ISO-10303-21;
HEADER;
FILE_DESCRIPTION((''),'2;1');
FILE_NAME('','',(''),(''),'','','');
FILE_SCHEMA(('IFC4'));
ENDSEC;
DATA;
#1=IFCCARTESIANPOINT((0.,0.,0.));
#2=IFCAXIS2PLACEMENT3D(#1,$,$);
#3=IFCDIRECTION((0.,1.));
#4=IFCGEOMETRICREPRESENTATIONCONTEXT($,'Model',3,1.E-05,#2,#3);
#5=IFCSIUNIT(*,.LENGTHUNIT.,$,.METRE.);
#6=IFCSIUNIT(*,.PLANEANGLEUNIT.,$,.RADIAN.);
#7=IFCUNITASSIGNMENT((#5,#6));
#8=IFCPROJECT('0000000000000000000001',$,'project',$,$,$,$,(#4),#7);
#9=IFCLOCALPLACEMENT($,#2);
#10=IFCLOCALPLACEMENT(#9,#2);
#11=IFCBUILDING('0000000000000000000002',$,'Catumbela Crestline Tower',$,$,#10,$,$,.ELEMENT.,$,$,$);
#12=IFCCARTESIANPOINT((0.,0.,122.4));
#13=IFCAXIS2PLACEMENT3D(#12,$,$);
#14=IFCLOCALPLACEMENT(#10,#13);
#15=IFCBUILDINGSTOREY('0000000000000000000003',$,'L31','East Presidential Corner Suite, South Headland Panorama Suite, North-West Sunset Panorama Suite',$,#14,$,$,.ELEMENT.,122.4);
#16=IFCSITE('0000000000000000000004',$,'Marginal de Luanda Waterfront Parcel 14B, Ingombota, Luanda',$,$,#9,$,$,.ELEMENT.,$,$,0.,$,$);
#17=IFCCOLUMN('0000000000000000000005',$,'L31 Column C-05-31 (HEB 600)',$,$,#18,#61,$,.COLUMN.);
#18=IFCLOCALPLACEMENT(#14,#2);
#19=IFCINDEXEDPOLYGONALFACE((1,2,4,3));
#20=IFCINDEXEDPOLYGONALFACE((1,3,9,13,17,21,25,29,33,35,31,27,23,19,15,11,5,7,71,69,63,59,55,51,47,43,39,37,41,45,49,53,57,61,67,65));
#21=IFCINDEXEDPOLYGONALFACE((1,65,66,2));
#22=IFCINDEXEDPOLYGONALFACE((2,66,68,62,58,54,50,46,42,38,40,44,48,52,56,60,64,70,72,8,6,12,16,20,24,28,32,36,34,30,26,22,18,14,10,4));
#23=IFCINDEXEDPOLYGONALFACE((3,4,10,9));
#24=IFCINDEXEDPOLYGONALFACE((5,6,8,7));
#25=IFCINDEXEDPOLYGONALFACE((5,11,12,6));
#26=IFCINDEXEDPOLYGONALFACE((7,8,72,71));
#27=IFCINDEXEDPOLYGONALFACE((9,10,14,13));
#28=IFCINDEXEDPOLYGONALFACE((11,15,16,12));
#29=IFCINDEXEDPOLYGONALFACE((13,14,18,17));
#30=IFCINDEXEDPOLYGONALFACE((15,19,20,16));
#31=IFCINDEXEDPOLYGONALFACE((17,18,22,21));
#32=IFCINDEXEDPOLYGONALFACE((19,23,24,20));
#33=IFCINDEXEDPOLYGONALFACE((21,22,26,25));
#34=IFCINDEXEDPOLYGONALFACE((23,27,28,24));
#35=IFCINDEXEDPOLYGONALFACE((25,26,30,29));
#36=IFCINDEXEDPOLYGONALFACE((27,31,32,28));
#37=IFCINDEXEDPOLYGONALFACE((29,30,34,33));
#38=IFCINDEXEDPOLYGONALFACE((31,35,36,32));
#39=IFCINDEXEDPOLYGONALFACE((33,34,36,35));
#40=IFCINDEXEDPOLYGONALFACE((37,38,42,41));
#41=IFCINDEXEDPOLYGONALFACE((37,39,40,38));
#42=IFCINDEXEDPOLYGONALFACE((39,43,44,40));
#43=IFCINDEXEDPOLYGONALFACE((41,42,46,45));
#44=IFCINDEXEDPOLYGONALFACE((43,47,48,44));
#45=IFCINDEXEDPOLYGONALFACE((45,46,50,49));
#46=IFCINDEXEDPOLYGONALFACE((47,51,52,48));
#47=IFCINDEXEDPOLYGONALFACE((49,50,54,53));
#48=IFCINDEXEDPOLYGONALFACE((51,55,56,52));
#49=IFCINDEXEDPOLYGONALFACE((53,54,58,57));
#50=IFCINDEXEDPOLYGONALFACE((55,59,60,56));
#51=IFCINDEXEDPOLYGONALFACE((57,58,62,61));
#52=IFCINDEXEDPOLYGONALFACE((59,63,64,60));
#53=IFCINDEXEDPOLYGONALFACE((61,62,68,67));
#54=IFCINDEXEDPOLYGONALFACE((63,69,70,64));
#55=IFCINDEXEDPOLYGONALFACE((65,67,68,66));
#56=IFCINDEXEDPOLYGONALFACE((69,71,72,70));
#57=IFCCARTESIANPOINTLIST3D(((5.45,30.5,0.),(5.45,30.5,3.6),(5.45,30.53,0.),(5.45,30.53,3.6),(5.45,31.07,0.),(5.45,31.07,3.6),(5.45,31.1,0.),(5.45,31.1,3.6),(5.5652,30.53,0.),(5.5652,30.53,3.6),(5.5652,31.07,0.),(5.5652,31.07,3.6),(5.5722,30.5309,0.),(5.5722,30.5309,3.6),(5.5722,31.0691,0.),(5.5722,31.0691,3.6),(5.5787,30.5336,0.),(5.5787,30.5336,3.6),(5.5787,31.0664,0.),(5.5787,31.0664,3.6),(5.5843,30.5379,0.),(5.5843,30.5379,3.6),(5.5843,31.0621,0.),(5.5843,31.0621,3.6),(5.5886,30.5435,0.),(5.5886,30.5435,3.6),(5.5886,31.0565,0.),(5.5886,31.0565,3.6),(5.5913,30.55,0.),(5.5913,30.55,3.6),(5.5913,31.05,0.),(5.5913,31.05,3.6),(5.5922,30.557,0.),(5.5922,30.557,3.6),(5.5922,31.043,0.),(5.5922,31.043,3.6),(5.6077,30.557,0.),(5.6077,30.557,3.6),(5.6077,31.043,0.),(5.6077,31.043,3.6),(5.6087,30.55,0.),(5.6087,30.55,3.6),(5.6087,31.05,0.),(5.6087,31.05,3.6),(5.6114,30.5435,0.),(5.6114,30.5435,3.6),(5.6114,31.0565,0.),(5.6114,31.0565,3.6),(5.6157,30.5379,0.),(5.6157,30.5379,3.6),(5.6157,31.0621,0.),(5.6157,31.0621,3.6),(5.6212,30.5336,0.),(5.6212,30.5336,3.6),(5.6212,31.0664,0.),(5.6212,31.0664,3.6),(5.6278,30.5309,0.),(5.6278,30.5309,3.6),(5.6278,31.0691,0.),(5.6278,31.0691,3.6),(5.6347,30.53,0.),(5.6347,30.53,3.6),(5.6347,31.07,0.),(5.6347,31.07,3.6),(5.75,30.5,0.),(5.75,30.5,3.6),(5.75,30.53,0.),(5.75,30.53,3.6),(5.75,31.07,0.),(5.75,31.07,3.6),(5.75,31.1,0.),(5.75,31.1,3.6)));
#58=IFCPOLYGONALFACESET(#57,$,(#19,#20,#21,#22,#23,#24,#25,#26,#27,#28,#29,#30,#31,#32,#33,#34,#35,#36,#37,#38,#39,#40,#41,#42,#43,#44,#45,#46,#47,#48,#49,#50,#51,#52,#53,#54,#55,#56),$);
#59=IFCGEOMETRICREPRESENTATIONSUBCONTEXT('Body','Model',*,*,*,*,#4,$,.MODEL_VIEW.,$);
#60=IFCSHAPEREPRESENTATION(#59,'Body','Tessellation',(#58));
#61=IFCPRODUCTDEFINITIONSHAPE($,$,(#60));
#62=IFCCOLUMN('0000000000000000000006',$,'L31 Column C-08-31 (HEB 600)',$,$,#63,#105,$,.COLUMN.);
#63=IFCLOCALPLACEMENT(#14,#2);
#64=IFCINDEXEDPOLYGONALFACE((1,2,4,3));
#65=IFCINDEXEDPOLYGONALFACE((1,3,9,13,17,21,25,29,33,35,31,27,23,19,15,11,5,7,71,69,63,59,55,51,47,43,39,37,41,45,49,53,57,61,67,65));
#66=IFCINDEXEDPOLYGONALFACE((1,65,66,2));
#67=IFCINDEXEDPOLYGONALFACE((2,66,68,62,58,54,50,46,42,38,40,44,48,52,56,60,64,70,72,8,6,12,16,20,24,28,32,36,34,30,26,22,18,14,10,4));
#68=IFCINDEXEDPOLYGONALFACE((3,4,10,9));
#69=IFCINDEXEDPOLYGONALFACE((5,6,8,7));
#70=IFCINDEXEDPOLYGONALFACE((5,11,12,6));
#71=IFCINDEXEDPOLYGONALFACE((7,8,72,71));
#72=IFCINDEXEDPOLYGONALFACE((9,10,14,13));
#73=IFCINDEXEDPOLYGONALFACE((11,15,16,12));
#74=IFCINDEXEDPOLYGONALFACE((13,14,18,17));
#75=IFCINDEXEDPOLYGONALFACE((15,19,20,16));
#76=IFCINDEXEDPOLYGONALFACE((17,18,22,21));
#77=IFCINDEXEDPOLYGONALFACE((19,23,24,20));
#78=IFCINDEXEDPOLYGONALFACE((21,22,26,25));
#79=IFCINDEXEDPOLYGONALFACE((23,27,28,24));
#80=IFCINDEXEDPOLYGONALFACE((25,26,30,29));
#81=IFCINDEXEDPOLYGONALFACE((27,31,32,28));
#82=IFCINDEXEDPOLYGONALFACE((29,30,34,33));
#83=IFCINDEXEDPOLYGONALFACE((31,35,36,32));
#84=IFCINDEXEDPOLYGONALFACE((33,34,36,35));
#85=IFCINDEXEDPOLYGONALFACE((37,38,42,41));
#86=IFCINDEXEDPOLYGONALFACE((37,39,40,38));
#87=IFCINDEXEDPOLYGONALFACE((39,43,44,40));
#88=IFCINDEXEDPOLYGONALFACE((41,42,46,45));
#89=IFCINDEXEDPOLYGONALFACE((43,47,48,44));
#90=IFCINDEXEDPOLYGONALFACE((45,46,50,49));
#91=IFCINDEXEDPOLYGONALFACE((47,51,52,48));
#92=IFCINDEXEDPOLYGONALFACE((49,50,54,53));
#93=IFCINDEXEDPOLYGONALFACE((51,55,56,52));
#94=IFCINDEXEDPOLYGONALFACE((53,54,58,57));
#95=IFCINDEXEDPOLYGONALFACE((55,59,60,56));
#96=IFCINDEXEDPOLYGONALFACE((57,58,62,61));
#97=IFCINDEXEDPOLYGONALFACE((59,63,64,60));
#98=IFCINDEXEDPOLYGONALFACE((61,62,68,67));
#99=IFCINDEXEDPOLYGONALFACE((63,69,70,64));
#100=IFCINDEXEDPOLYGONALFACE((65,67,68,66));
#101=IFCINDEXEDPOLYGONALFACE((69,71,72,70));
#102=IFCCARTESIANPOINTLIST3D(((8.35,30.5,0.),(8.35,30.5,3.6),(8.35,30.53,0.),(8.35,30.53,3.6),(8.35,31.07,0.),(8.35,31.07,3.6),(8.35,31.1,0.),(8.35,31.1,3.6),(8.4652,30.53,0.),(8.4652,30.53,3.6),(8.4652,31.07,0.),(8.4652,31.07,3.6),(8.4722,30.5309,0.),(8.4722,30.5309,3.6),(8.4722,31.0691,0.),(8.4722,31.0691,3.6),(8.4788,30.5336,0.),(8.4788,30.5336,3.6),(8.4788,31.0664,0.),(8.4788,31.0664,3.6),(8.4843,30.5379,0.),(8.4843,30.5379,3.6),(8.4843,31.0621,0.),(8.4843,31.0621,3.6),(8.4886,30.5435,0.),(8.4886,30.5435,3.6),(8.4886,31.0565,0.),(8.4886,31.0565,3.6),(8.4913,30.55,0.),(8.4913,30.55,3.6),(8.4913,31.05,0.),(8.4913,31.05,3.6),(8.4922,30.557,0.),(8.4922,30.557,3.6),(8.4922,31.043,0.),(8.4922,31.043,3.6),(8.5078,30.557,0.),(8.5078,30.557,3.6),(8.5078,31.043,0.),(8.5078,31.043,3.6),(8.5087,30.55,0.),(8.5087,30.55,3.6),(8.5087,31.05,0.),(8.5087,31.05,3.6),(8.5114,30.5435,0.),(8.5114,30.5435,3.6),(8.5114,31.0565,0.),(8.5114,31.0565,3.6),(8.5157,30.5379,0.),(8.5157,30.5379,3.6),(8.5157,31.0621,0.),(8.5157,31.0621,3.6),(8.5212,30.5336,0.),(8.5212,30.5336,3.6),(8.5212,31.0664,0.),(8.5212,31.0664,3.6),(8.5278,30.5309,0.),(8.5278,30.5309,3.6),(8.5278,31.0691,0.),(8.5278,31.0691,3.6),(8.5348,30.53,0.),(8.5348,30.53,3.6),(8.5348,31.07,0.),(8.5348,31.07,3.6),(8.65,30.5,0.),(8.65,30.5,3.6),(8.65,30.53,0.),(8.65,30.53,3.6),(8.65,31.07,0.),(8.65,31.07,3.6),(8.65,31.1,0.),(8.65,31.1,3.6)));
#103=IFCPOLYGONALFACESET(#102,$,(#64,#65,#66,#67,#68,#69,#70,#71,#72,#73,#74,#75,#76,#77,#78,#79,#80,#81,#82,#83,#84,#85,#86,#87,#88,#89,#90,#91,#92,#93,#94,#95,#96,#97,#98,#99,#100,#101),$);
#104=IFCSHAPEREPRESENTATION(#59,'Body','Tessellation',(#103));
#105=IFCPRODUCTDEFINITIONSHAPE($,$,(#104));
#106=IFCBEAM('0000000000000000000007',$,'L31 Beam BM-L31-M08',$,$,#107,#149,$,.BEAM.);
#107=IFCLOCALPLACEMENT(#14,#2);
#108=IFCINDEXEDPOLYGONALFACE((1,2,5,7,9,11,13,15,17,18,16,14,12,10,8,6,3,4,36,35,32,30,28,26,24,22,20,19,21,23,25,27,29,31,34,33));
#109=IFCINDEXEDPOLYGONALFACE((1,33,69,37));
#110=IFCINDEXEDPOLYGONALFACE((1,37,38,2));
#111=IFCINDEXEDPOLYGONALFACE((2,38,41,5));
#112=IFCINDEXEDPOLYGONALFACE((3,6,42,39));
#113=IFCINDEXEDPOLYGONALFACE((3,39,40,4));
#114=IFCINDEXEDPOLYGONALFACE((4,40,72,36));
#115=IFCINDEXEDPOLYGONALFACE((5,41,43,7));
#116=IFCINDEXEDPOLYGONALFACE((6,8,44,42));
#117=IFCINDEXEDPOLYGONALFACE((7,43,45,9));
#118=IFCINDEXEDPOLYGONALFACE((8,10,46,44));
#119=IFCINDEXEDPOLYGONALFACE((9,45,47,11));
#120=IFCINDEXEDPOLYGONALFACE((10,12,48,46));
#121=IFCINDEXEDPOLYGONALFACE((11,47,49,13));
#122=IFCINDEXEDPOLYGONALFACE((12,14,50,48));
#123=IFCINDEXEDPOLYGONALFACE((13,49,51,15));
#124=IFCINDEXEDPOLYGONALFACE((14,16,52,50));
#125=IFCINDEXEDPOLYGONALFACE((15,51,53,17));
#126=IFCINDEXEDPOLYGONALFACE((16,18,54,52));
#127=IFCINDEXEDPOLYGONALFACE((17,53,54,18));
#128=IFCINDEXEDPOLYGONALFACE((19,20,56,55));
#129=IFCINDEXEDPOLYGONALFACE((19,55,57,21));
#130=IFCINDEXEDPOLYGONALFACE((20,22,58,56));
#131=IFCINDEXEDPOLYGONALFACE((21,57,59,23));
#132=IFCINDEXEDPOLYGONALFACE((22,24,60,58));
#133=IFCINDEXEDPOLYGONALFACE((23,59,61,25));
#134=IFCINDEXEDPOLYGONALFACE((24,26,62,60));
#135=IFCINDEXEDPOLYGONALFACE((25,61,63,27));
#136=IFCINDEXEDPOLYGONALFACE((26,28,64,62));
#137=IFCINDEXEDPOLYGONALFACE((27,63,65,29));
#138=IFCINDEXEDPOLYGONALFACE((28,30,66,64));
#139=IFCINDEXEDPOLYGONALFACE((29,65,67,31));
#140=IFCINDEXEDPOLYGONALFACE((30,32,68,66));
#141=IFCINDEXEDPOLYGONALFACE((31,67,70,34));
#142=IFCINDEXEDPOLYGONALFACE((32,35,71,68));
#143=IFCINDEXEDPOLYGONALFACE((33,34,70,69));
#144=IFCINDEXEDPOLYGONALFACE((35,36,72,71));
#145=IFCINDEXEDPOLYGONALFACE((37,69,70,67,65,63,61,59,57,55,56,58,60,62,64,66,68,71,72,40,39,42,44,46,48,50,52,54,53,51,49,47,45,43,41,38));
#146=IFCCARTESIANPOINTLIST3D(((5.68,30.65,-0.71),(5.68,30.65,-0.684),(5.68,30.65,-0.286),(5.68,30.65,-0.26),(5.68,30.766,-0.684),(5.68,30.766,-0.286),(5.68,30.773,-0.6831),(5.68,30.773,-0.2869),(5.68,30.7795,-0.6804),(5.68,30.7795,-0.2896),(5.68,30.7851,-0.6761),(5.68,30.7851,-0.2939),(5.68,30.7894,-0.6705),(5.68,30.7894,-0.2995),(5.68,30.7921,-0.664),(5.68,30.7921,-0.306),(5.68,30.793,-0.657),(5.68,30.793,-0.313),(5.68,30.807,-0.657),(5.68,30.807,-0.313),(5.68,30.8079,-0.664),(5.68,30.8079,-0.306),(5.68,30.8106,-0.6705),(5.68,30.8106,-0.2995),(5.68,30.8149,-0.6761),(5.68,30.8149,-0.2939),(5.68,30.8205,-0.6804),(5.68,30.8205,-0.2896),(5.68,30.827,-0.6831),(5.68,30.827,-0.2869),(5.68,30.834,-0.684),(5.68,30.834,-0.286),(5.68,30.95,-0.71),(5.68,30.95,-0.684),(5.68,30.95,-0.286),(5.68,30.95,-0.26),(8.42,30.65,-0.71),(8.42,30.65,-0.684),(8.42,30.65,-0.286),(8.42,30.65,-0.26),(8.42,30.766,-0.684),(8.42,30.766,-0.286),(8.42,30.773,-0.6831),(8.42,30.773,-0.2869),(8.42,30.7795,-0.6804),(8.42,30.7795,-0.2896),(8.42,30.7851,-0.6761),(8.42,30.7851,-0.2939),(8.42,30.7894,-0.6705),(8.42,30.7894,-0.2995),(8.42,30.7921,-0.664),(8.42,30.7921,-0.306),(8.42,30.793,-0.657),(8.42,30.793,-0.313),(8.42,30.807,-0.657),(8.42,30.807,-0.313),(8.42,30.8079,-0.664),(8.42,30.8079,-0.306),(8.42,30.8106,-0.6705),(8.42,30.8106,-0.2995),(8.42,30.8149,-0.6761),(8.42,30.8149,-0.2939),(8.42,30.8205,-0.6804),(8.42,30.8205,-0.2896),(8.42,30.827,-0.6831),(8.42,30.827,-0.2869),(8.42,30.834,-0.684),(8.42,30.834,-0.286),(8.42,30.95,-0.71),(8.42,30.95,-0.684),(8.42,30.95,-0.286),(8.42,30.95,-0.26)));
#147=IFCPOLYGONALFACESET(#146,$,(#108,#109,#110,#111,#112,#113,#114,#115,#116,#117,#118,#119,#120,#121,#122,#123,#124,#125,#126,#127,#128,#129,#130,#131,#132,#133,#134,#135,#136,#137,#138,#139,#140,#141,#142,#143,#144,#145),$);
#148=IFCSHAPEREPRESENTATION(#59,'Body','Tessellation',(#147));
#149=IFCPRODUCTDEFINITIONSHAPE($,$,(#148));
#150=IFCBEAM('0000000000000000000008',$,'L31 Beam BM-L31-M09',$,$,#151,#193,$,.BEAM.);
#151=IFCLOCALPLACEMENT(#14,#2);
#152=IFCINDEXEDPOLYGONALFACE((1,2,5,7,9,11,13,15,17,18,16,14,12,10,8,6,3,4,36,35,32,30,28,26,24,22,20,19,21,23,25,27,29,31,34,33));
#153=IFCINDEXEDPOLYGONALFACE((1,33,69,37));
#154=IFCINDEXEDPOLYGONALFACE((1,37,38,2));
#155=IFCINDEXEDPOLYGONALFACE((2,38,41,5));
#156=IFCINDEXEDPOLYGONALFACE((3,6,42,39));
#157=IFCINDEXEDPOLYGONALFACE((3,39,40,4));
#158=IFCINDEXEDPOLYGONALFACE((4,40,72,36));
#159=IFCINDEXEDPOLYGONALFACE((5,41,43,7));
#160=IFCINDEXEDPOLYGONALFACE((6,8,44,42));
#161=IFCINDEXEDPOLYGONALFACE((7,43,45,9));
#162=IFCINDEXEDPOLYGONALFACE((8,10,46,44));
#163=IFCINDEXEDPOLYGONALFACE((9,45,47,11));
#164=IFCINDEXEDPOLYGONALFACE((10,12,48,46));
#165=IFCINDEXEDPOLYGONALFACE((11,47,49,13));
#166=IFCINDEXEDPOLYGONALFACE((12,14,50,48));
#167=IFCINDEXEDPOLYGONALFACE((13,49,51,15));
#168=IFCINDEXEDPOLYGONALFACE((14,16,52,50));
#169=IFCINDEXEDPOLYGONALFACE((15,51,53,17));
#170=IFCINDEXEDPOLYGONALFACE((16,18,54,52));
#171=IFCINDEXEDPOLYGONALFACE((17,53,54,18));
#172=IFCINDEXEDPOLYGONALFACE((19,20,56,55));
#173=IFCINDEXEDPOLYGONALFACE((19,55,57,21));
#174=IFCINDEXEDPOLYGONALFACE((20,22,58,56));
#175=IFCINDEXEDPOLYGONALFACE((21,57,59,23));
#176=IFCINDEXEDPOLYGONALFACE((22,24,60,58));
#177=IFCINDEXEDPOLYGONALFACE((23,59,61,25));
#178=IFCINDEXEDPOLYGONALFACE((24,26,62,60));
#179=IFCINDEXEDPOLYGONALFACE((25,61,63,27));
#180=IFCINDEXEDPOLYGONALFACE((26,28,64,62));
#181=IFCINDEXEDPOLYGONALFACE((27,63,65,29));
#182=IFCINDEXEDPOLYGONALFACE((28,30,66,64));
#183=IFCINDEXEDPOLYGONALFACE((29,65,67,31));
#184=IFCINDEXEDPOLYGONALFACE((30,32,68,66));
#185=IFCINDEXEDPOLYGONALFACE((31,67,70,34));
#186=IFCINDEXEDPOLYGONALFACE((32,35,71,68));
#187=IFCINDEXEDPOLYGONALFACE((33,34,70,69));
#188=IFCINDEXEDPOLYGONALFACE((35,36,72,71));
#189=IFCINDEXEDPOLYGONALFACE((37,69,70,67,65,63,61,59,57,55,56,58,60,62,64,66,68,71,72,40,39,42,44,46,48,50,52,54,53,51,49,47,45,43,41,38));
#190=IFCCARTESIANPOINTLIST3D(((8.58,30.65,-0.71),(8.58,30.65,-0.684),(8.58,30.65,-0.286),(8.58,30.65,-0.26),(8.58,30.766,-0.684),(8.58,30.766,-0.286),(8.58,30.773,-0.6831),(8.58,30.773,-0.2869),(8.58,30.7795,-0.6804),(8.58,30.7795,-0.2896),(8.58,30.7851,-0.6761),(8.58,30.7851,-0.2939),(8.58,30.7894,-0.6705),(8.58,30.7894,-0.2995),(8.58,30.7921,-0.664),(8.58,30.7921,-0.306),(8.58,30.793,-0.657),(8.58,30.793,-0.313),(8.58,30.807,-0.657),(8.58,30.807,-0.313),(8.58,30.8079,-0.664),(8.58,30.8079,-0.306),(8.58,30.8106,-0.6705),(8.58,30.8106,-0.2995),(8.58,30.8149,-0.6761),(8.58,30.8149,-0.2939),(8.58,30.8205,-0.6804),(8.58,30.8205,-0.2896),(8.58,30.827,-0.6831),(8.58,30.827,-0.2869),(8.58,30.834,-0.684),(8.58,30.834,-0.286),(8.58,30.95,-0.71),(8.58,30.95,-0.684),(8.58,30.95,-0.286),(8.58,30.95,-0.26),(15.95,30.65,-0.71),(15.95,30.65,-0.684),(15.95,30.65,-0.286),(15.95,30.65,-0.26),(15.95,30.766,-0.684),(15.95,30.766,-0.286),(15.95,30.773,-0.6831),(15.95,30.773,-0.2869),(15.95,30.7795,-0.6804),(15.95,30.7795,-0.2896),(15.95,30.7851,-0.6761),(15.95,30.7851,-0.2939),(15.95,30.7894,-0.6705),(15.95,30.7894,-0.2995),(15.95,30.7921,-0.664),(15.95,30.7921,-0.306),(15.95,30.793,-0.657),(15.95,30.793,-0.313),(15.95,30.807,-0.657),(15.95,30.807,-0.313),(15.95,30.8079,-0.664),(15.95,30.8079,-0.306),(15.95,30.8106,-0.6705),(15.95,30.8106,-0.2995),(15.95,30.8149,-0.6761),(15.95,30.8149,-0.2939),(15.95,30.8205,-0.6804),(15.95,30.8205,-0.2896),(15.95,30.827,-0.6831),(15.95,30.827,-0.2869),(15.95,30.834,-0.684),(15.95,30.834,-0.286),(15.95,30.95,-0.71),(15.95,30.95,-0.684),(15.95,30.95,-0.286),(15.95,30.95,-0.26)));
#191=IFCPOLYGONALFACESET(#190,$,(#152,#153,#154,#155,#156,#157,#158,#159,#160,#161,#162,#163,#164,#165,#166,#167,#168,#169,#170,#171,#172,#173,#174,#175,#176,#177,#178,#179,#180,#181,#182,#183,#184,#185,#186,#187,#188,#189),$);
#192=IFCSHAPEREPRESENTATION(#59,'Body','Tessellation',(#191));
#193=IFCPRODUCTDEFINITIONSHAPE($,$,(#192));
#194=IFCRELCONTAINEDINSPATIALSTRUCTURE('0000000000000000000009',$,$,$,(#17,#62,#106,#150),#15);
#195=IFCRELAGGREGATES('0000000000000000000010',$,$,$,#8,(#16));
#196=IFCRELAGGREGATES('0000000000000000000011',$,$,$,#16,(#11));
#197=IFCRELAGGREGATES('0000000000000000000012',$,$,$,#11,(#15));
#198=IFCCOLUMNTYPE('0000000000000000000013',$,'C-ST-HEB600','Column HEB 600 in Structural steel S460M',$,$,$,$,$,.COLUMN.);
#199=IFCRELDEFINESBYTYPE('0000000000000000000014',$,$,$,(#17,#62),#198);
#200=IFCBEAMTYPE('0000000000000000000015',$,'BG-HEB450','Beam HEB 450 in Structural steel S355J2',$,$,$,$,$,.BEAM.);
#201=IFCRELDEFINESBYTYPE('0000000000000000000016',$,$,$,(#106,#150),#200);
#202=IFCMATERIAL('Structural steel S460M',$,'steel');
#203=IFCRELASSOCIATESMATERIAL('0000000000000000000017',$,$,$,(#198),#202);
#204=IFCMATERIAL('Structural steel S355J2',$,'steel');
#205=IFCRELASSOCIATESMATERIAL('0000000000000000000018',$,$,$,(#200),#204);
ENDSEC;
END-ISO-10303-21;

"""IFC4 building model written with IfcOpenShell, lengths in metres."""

from ifc_helpers import new_model, si_unit, direction, frame, origin, origin_2d, place, context, subcontext, project, spatial, i_section, extrude, material, material_profile, profile_set, type_object, element, save


model = new_model("IFC4")

# Units and contexts
model_context = context("Model", 3, precision=1e-05, world=origin(), true_north=direction((0.0, 1.0)))
body_context = subcontext(model_context, "Body", "Model", "MODEL_VIEW")
ifc_project = project(units=[si_unit("LENGTHUNIT", "METRE"), si_unit("PLANEANGLEUNIT", "RADIAN")], contexts=[model_context])

# Site, building, storey
site_placement = place(None, origin())
site = spatial("IfcSite", under=ifc_project, at=site_placement, Name="Marginal de Luanda Waterfront Parcel 14B, Ingombota, Luanda", CompositionType="ELEMENT", RefElevation=0.0)
building_placement = place(site_placement, origin())
building = spatial("IfcBuilding", under=site, at=building_placement, Name="Catumbela Crestline Tower", CompositionType="ELEMENT")
storey_placement = place(building_placement, frame((0.0, 0.0, 122.4)))
storey = spatial("IfcBuildingStorey", under=building, at=storey_placement, Name="L31", Description="East Presidential Corner Suite, South Headland Panorama Suite, North-West Sunset Panorama Suite", CompositionType="ELEMENT", Elevation=122.4)

# Columns
ifc_material_1 = material(Name="Structural steel S460M", Category="steel")
ifc_material_profile_1 = material_profile(ifc_material_1, i_section(OverallWidth=0.3, OverallDepth=0.6, WebThickness=0.0155, FlangeThickness=0.03, FilletRadius=0.027, at=origin_2d()), Name="HEB 600")
ifc_profile_set_1 = profile_set([ifc_material_profile_1], Name="Structural steel S460M")
column_type = type_object("IfcColumnType", Name="C-ST-HEB600", Description="Column HEB 600 in Structural steel S460M", PredefinedType="COLUMN", material=ifc_profile_set_1)
for number, where, z_axis, x_axis, name in (
    (1, (5.6, 30.8, 0.0), (0.0, 0.0, 1.0), (1.0, 0.0, 0.0), "L31 Column C-05-31 (HEB 600)"),
    (2, (8.5, 30.8, 0.0), (0.0, 0.0, 1.0), (1.0, 0.0, 0.0), "L31 Column C-08-31 (HEB 600)"),
):
    element("IfcColumn", number, at=place(storey_placement, frame(where, z_axis=z_axis, x_axis=x_axis)), inside=storey, type_object=column_type, Name=name, PredefinedType="COLUMN", context=body_context, shape_type="SweptSolid", body=[
        extrude(i_section(OverallWidth=0.3, OverallDepth=0.6, WebThickness=0.0155, FlangeThickness=0.03, FilletRadius=0.027, at=origin_2d()), origin(), (0.0, 0.0, 1.0), 3.6),
    ])

# Beams
ifc_material_2 = material(Name="Structural steel S355J2", Category="steel")
ifc_material_profile_2 = material_profile(ifc_material_2, i_section(OverallWidth=0.3, OverallDepth=0.45, WebThickness=0.014, FlangeThickness=0.026, FilletRadius=0.027, at=origin_2d()), Name="HEB 450")
ifc_profile_set_2 = profile_set([ifc_material_profile_2], Name="Structural steel S355J2")
beam_type = type_object("IfcBeamType", Name="BG-HEB450", Description="Beam HEB 450 in Structural steel S355J2", PredefinedType="BEAM", material=ifc_profile_set_2)
beam_1_placement = place(storey_placement, frame((5.68, 30.8, -0.485), z_axis=(1.0, 0.0, 0.0), x_axis=(0.0, 1.0, 0.0)))
element("IfcBeam", 3, at=beam_1_placement, inside=storey, type_object=beam_type, Name="L31 Beam BM-L31-M08", PredefinedType="BEAM", context=body_context, shape_type="SweptSolid", body=[
    extrude(i_section(OverallWidth=0.3, OverallDepth=0.45, WebThickness=0.014, FlangeThickness=0.026, FilletRadius=0.027, at=origin_2d()), origin(), (0.0, 0.0, 1.0), 2.74),
])
beam_2_placement = place(storey_placement, frame((8.58, 30.8, -0.485), z_axis=(1.0, 0.0, 0.0), x_axis=(0.0, 1.0, 0.0)))
element("IfcBeam", 4, at=beam_2_placement, inside=storey, type_object=beam_type, Name="L31 Beam BM-L31-M09", PredefinedType="BEAM", context=body_context, shape_type="SweptSolid", body=[
    extrude(i_section(OverallWidth=0.3, OverallDepth=0.45, WebThickness=0.014, FlangeThickness=0.026, FilletRadius=0.027, at=origin_2d()), origin(), (0.0, 0.0, 1.0), 7.37),
])

save(model, "model.ifc")
